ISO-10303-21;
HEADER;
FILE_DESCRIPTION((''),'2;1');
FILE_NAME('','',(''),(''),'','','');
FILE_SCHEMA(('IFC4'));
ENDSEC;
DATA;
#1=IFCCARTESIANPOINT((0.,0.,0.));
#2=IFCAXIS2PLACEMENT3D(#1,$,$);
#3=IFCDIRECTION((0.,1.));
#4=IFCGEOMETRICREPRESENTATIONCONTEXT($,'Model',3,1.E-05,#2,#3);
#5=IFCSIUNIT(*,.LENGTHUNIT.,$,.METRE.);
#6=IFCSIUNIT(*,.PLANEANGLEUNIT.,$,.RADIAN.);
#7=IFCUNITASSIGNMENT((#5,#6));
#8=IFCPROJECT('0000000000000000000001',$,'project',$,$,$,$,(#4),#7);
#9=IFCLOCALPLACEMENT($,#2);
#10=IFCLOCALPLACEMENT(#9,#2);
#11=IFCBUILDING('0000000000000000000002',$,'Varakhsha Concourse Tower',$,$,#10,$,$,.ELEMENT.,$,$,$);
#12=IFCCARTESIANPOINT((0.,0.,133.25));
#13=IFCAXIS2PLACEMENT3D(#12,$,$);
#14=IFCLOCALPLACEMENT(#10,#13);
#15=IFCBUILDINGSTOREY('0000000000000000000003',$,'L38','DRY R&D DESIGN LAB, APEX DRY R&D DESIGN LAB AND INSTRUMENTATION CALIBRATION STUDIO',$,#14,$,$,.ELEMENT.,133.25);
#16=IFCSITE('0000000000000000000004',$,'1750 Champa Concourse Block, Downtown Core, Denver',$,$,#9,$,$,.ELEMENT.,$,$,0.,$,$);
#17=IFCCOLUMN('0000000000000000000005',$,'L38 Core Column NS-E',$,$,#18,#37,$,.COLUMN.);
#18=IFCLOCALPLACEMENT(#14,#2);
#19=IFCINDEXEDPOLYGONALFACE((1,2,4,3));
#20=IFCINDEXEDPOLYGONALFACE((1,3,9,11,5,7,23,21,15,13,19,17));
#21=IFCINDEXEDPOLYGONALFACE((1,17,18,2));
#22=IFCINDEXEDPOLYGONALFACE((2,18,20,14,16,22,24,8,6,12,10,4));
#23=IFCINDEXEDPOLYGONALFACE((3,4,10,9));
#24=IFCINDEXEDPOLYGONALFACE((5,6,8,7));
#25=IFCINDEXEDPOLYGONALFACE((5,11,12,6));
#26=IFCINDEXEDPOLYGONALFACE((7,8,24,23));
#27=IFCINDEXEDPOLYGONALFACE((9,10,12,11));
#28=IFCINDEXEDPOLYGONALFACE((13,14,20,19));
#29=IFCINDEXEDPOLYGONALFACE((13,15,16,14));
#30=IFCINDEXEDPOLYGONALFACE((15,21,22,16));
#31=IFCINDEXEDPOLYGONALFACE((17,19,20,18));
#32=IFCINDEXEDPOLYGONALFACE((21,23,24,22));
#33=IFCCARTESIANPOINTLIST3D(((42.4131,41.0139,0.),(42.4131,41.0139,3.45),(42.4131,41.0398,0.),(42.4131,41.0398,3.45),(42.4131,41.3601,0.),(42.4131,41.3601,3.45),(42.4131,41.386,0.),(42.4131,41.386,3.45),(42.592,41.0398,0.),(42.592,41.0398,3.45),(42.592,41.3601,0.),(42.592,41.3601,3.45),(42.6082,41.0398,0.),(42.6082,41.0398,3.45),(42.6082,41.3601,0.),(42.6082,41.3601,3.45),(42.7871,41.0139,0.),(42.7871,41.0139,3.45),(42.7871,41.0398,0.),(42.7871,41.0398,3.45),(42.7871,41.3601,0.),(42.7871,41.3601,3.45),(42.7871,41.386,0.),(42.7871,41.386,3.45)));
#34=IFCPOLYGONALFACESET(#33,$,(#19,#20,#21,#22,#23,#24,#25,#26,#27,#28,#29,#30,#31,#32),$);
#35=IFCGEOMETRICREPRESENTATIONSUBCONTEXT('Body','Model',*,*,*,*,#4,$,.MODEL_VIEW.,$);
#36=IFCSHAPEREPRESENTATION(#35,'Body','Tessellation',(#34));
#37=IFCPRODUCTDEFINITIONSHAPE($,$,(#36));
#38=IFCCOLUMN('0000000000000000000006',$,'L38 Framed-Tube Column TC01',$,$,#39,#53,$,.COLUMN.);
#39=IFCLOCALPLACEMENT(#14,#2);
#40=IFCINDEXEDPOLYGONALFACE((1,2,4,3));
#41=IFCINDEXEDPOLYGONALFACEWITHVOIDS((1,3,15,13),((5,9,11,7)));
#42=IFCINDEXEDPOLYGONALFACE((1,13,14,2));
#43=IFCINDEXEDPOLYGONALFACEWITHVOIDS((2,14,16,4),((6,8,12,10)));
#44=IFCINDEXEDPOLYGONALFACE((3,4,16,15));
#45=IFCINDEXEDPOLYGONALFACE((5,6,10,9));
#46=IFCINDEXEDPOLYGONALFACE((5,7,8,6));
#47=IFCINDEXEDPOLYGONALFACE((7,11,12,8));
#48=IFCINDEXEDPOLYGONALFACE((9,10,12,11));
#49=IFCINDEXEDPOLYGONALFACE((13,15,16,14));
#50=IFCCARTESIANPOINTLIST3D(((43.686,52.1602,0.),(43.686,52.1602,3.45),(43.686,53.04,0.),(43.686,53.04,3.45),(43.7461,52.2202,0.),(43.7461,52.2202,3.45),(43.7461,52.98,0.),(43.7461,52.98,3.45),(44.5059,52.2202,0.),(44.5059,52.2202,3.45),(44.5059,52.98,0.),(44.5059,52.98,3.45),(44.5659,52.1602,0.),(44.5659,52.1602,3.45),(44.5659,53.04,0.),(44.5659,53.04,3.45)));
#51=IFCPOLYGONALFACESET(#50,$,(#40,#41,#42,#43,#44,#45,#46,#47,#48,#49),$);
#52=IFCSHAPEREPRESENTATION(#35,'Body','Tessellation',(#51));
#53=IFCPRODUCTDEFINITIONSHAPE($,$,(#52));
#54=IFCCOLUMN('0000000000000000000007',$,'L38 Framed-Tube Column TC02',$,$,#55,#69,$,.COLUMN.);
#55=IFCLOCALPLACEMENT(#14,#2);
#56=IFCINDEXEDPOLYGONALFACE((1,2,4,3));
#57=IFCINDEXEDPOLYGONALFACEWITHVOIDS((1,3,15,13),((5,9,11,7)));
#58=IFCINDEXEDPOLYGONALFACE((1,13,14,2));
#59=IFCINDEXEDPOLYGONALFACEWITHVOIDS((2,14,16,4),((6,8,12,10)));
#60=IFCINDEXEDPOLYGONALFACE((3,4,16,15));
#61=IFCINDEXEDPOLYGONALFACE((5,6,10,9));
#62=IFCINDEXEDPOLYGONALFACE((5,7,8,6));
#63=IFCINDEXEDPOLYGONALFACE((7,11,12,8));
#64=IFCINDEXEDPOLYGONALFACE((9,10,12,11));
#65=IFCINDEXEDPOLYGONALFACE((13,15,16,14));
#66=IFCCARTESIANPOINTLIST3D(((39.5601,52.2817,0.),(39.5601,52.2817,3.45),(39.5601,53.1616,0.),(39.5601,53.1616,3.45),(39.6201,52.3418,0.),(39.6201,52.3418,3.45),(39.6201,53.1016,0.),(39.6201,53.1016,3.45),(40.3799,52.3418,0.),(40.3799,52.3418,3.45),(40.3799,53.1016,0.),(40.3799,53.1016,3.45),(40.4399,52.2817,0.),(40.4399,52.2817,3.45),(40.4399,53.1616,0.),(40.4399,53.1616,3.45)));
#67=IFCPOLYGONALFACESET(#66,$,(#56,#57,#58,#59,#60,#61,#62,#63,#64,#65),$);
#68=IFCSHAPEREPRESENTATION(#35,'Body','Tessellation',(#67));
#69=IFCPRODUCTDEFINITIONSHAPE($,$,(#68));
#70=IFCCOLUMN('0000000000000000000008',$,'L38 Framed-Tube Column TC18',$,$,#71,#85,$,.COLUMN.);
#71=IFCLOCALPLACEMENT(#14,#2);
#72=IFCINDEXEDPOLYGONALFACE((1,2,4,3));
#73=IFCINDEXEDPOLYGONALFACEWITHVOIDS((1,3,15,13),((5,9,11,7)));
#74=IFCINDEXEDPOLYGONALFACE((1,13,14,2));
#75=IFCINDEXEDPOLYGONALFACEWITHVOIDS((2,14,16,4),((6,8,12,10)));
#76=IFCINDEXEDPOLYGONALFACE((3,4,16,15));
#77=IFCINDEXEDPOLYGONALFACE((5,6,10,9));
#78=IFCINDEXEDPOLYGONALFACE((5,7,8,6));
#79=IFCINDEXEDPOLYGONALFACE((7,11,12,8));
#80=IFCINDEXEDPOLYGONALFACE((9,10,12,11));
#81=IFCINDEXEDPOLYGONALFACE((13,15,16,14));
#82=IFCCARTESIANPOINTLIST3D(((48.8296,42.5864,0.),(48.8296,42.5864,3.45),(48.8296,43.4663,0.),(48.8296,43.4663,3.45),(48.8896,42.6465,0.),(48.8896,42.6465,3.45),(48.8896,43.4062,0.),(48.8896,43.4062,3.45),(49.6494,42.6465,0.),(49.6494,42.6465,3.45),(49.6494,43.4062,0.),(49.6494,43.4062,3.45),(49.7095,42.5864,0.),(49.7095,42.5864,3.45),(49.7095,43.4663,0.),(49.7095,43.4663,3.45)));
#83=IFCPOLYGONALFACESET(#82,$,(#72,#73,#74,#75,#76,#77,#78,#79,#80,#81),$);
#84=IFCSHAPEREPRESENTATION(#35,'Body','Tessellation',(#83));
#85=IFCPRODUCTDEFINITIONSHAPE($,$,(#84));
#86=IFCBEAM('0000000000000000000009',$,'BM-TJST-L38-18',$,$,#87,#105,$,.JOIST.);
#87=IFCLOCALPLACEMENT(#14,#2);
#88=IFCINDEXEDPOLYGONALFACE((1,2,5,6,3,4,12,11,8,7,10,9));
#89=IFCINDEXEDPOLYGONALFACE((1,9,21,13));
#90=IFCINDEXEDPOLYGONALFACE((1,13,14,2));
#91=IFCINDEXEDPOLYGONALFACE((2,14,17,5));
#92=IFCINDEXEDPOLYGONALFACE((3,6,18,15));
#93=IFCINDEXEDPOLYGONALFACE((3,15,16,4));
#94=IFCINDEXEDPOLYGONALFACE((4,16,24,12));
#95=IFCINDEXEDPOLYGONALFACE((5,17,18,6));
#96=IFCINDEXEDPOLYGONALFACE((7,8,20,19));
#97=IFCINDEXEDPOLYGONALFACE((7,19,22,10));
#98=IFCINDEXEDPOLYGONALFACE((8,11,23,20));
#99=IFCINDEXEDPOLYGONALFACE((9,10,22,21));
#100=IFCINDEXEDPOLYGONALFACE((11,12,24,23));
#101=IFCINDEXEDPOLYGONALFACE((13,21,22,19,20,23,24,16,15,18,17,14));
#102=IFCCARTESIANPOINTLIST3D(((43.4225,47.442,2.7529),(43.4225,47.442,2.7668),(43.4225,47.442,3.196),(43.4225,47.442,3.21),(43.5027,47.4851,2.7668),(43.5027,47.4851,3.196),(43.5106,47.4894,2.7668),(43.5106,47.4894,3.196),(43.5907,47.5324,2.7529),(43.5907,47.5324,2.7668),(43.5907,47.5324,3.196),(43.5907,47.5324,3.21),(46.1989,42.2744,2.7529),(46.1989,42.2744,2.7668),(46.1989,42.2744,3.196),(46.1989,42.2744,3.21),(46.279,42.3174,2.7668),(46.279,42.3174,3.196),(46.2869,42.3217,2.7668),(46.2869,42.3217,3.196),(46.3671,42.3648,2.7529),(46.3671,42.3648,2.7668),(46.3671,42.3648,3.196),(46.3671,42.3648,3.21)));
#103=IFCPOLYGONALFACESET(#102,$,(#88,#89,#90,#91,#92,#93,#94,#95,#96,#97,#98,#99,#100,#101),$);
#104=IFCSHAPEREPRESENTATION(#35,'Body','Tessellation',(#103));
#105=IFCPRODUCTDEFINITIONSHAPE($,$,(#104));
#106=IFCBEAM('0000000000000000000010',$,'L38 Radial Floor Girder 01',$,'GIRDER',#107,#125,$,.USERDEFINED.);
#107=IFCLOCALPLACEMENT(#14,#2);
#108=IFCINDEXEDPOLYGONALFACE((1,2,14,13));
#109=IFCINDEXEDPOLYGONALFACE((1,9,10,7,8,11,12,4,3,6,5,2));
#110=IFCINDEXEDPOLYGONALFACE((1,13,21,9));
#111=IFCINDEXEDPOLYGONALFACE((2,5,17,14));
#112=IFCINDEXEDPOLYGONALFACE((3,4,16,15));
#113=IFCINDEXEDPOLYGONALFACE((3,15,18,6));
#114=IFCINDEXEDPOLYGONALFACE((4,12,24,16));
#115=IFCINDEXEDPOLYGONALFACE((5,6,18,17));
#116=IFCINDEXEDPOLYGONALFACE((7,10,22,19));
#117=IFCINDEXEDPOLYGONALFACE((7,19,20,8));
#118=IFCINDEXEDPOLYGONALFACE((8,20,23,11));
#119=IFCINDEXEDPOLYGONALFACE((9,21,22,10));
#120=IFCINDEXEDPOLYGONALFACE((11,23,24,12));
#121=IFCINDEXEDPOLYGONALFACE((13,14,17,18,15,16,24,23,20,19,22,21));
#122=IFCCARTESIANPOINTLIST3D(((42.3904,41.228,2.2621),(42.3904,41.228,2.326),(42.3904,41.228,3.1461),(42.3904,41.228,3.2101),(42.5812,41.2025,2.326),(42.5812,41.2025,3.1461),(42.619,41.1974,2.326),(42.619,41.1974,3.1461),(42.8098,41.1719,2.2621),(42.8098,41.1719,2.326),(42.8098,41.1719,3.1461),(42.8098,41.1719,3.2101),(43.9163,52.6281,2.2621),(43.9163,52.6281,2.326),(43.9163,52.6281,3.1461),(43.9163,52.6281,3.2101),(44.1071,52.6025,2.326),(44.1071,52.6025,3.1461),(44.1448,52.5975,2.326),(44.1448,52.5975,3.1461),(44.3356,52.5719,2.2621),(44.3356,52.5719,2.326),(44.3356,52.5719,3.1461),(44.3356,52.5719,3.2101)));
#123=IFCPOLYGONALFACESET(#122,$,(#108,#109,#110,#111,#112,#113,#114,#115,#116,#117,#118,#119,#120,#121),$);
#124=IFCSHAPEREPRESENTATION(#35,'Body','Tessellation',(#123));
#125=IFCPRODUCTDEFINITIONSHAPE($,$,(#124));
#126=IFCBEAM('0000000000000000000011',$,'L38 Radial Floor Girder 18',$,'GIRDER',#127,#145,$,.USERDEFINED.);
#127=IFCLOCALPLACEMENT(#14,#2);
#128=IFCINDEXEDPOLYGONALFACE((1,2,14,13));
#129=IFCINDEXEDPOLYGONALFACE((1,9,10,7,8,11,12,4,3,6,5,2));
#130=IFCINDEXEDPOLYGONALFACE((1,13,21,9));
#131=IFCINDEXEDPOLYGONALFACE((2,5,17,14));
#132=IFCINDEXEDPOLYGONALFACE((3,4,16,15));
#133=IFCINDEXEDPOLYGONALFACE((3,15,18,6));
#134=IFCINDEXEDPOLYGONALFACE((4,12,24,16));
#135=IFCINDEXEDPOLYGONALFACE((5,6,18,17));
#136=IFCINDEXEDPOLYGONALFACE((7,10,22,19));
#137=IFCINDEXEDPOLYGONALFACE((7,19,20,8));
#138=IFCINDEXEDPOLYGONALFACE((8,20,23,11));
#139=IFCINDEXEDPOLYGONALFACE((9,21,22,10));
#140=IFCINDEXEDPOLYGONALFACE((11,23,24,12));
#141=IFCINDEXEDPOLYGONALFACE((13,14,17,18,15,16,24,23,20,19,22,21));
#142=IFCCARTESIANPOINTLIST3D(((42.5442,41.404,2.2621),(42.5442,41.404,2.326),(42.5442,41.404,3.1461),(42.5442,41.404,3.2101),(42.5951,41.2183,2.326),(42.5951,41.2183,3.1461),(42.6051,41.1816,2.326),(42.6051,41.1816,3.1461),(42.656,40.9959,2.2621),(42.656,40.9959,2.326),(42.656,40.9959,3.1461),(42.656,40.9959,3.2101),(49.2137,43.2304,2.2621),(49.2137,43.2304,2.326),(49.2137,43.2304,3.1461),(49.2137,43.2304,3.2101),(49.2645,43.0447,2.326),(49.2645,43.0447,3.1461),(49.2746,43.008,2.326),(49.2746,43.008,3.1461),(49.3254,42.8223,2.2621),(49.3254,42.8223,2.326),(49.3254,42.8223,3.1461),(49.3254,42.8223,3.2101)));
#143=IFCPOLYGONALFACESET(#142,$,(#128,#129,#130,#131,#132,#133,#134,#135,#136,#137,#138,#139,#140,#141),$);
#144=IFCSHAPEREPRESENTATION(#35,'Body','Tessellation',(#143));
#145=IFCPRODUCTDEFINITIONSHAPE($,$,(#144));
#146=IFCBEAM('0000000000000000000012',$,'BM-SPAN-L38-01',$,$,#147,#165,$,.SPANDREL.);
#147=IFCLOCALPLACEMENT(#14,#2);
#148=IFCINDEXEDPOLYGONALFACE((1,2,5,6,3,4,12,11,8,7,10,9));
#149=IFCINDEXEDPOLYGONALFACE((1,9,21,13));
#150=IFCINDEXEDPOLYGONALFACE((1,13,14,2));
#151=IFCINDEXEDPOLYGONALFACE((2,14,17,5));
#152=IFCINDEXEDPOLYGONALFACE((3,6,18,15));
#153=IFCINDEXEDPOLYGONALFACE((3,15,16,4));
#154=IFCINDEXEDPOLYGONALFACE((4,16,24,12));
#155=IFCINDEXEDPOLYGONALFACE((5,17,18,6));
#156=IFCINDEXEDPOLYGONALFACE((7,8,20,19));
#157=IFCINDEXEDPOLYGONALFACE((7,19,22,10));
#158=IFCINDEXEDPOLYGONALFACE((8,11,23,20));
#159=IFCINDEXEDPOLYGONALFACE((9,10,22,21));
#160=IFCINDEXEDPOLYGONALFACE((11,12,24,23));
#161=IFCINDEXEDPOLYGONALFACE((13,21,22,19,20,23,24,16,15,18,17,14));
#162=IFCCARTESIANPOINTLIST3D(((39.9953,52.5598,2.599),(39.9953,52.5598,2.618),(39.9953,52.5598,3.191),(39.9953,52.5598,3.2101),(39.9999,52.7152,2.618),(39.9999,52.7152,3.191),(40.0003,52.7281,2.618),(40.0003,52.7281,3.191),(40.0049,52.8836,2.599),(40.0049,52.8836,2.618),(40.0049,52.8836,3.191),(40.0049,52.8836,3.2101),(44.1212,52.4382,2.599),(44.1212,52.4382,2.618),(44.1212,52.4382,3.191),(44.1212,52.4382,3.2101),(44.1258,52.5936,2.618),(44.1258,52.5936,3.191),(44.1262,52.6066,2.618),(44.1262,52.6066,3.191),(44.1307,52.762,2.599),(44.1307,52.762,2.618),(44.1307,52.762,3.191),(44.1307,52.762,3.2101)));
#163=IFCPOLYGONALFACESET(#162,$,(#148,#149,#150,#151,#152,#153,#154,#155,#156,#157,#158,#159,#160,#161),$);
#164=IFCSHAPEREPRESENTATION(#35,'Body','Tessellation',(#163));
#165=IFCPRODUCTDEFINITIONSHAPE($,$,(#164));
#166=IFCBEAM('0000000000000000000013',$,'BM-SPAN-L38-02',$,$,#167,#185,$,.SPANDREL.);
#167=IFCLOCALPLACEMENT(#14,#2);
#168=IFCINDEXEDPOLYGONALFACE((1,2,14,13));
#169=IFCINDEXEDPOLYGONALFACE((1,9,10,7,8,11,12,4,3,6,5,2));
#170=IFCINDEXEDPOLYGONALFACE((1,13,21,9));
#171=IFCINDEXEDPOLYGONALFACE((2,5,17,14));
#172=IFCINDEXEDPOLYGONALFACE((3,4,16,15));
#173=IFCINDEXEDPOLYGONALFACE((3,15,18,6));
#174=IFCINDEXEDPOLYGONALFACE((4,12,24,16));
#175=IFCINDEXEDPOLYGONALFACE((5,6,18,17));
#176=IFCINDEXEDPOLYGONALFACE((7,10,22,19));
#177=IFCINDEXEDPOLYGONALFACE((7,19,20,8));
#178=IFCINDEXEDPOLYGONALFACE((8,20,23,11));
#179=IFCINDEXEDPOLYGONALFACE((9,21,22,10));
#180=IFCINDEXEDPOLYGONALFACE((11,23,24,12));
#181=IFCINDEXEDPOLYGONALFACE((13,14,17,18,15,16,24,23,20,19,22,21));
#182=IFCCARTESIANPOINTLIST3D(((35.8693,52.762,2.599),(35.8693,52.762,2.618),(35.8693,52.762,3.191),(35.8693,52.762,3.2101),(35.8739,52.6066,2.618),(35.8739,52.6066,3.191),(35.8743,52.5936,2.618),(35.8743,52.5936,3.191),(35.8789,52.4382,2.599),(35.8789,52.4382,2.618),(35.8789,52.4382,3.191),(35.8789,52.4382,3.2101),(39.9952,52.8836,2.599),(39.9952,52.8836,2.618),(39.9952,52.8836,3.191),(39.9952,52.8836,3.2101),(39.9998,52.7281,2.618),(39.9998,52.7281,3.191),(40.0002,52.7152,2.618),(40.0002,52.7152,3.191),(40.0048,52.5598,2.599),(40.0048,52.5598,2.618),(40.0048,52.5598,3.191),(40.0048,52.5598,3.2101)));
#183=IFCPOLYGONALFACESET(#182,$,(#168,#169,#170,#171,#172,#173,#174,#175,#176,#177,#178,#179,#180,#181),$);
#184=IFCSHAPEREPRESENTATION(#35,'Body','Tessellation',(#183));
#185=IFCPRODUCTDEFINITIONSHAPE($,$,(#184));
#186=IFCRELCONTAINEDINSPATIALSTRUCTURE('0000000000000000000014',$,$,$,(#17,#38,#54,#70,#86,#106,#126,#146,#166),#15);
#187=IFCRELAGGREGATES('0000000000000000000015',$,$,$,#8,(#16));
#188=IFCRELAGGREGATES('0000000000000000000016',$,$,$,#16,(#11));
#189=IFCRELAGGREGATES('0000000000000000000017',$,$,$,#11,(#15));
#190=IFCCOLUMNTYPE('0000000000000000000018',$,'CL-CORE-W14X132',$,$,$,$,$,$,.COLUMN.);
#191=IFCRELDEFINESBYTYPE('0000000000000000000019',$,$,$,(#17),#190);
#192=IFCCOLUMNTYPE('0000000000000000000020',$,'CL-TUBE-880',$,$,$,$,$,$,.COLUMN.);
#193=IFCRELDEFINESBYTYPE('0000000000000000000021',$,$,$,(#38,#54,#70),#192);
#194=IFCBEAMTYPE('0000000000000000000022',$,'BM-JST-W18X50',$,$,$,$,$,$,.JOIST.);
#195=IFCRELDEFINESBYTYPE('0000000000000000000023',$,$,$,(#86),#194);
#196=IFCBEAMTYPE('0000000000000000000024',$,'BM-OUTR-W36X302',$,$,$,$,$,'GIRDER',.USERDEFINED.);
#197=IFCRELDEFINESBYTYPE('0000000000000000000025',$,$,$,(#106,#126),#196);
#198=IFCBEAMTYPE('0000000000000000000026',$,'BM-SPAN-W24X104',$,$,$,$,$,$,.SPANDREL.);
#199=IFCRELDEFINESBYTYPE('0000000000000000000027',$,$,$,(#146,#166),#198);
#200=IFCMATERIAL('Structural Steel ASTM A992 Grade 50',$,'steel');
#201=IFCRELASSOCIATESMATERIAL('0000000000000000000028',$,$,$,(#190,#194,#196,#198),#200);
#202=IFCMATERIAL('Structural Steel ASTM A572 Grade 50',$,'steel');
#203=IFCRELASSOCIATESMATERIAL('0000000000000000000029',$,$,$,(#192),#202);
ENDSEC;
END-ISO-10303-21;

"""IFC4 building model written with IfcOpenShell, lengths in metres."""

from ifc_helpers import new_model, si_unit, direction, frame, origin, origin_2d, place, context, subcontext, project, spatial, hollow_rectangle, i_section, extrude, material, material_profile, profile_set, type_object, element, save


model = new_model("IFC4")

# Units and contexts
model_context = context("Model", 3, precision=1e-05, world=origin(), true_north=direction((0.0, 1.0)))
body_context = subcontext(model_context, "Body", "Model", "MODEL_VIEW")
ifc_project = project(units=[si_unit("LENGTHUNIT", "METRE"), si_unit("PLANEANGLEUNIT", "RADIAN")], contexts=[model_context])

# Site, building, storey
site_placement = place(None, origin())
site = spatial("IfcSite", under=ifc_project, at=site_placement, Name="1750 Champa Concourse Block, Downtown Core, Denver", CompositionType="ELEMENT", RefElevation=0.0)
building_placement = place(site_placement, origin())
building = spatial("IfcBuilding", under=site, at=building_placement, Name="Varakhsha Concourse Tower", CompositionType="ELEMENT")
storey_placement = place(building_placement, frame((0.0, 0.0, 133.25)))
storey = spatial("IfcBuildingStorey", under=building, at=storey_placement, Name="L38", Description="DRY R&D DESIGN LAB, APEX DRY R&D DESIGN LAB AND INSTRUMENTATION CALIBRATION STUDIO", CompositionType="ELEMENT", Elevation=133.25)

# Columns
ifc_material_1 = material(Name="Structural Steel ASTM A992 Grade 50", Category="steel")
ifc_material_profile_1 = material_profile(ifc_material_1, i_section(OverallWidth=0.374, OverallDepth=0.3721, WebThickness=0.0161, FlangeThickness=0.0259, at=origin_2d()), Name="W14X132")
ifc_profile_set_1 = profile_set([ifc_material_profile_1], Name="Structural Steel ASTM A992 Grade 50")
column_type_1 = type_object("IfcColumnType", Name="CL-CORE-W14X132", PredefinedType="COLUMN", material=ifc_profile_set_1)
column_placement = place(storey_placement, frame((42.6001, 41.2, 0.0), z_axis=(0.0, 0.0, 1.0), x_axis=(1.0, 0.0, 0.0)))
element("IfcColumn", 1, at=column_placement, inside=storey, type_object=column_type_1, Name="L38 Core Column NS-E", PredefinedType="COLUMN", context=body_context, shape_type="SweptSolid", body=[
    extrude(i_section(OverallWidth=0.374, OverallDepth=0.3721, WebThickness=0.0161, FlangeThickness=0.0259, at=origin_2d()), origin(), (0.0, 0.0, 1.0), 3.45),
])
ifc_material_2 = material(Name="Structural Steel ASTM A572 Grade 50", Category="steel")
ifc_material_profile_2 = material_profile(ifc_material_2, hollow_rectangle(XDim=0.8799, YDim=0.8799, WallThickness=0.0601, at=origin_2d()), Name="BOX 880x880x60")
ifc_profile_set_2 = profile_set([ifc_material_profile_2], Name="Structural Steel ASTM A572 Grade 50")
column_type_2 = type_object("IfcColumnType", Name="CL-TUBE-880", PredefinedType="COLUMN", material=ifc_profile_set_2)
for number, where, z_axis, x_axis, name in (
    (2, (44.126, 52.6001, 0.0), (0.0, 0.0, 1.0), (1.0, 0.0, 0.0), "L38 Framed-Tube Column TC01"),
    (3, (40.0, 52.7217, 0.0), (0.0, 0.0, 1.0), (1.0, 0.0, 0.0), "L38 Framed-Tube Column TC02"),
    (4, (49.2695, 43.0264, 0.0), (0.0, 0.0, 1.0), (1.0, 0.0, 0.0), "L38 Framed-Tube Column TC18"),
):
    element("IfcColumn", number, at=place(storey_placement, frame(where, z_axis=z_axis, x_axis=x_axis)), inside=storey, type_object=column_type_2, Name=name, PredefinedType="COLUMN", context=body_context, shape_type="SweptSolid", body=[
        extrude(hollow_rectangle(XDim=0.8799, YDim=0.8799, WallThickness=0.0601, at=origin_2d()), origin(), (0.0, 0.0, 1.0), 3.45),
    ])

# Beams
ifc_material_profile_3 = material_profile(ifc_material_1, i_section(OverallWidth=0.1909, OverallDepth=0.457, WebThickness=0.009, FlangeThickness=0.0139, at=origin_2d()), Name="W18X50")
ifc_profile_set_3 = profile_set([ifc_material_profile_3], Name="Structural Steel ASTM A992 Grade 50")
beam_type_1 = type_object("IfcBeamType", Name="BM-JST-W18X50", PredefinedType="JOIST", material=ifc_profile_set_3)
beam_1_placement = place(storey_placement, frame((46.283, 42.3196, 2.9814), z_axis=(-0.473273, 0.880916, 0.0), x_axis=(-0.880916, -0.473273, 0.0)))
element("IfcBeam", 5, at=beam_1_placement, inside=storey, type_object=beam_type_1, Name="BM-TJST-L38-18", PredefinedType="JOIST", context=body_context, shape_type="SweptSolid", body=[
    extrude(i_section(OverallWidth=0.1909, OverallDepth=0.457, WebThickness=0.009, FlangeThickness=0.0139, at=origin_2d()), origin(), (0.0, 0.0, 1.0), 5.8662),
])
ifc_material_profile_4 = material_profile(ifc_material_1, i_section(OverallWidth=0.4231, OverallDepth=0.948, WebThickness=0.0381, FlangeThickness=0.064, at=origin_2d()), Name="W36X302")
ifc_profile_set_4 = profile_set([ifc_material_profile_4], Name="Structural Steel ASTM A992 Grade 50")
beam_type_2 = type_object("IfcBeamType", Name="BM-OUTR-W36X302", ElementType="GIRDER", PredefinedType="USERDEFINED", material=ifc_profile_set_4)
beam_2_placement = place(storey_placement, frame((42.6001, 41.2, 2.7361), z_axis=(0.132664, 0.991161, 0.0), x_axis=(-0.991161, 0.132664, 0.0)))
element("IfcBeam", 6, at=beam_2_placement, inside=storey, type_object=beam_type_2, Name="L38 Radial Floor Girder 01", ObjectType="GIRDER", PredefinedType="USERDEFINED", context=body_context, shape_type="SweptSolid", body=[
    extrude(i_section(OverallWidth=0.4231, OverallDepth=0.948, WebThickness=0.0381, FlangeThickness=0.064, at=origin_2d()), origin(), (0.0, 0.0, 1.0), 11.5017),
])
beam_3_placement = place(storey_placement, frame((42.6001, 41.2, 2.7361), z_axis=(0.964489, 0.264124, 0.0), x_axis=(-0.264124, 0.964489, 0.0)))
element("IfcBeam", 7, at=beam_3_placement, inside=storey, type_object=beam_type_2, Name="L38 Radial Floor Girder 18", ObjectType="GIRDER", PredefinedType="USERDEFINED", context=body_context, shape_type="SweptSolid", body=[
    extrude(i_section(OverallWidth=0.4231, OverallDepth=0.948, WebThickness=0.0381, FlangeThickness=0.064, at=origin_2d()), origin(), (0.0, 0.0, 1.0), 6.915),
])
ifc_material_profile_5 = material_profile(ifc_material_1, i_section(OverallWidth=0.324, OverallDepth=0.6111, WebThickness=0.0129, FlangeThickness=0.019, at=origin_2d()), Name="W24X104")
ifc_profile_set_5 = profile_set([ifc_material_profile_5], Name="Structural Steel ASTM A992 Grade 50")
beam_type_3 = type_object("IfcBeamType", Name="BM-SPAN-W24X104", PredefinedType="SPANDREL", material=ifc_profile_set_5)
for number, where, z_axis, x_axis, name in (
    (8, (44.126, 52.6001, 2.9045), (-0.999566, 0.029455, 0.0), (-0.029455, -0.999566, 0.0), "BM-SPAN-L38-01"),
    (9, (40.0, 52.7217, 2.9045), (-0.999566, -0.029455, 0.0), (0.029455, -0.999566, 0.0), "BM-SPAN-L38-02"),
):
    element("IfcBeam", number, at=place(storey_placement, frame(where, z_axis=z_axis, x_axis=x_axis)), inside=storey, type_object=beam_type_3, Name=name, PredefinedType="SPANDREL", context=body_context, shape_type="SweptSolid", body=[
        extrude(i_section(OverallWidth=0.324, OverallDepth=0.6111, WebThickness=0.0129, FlangeThickness=0.019, at=origin_2d()), origin(), (0.0, 0.0, 1.0), 4.1277),
    ])

save(model, "model.ifc")
